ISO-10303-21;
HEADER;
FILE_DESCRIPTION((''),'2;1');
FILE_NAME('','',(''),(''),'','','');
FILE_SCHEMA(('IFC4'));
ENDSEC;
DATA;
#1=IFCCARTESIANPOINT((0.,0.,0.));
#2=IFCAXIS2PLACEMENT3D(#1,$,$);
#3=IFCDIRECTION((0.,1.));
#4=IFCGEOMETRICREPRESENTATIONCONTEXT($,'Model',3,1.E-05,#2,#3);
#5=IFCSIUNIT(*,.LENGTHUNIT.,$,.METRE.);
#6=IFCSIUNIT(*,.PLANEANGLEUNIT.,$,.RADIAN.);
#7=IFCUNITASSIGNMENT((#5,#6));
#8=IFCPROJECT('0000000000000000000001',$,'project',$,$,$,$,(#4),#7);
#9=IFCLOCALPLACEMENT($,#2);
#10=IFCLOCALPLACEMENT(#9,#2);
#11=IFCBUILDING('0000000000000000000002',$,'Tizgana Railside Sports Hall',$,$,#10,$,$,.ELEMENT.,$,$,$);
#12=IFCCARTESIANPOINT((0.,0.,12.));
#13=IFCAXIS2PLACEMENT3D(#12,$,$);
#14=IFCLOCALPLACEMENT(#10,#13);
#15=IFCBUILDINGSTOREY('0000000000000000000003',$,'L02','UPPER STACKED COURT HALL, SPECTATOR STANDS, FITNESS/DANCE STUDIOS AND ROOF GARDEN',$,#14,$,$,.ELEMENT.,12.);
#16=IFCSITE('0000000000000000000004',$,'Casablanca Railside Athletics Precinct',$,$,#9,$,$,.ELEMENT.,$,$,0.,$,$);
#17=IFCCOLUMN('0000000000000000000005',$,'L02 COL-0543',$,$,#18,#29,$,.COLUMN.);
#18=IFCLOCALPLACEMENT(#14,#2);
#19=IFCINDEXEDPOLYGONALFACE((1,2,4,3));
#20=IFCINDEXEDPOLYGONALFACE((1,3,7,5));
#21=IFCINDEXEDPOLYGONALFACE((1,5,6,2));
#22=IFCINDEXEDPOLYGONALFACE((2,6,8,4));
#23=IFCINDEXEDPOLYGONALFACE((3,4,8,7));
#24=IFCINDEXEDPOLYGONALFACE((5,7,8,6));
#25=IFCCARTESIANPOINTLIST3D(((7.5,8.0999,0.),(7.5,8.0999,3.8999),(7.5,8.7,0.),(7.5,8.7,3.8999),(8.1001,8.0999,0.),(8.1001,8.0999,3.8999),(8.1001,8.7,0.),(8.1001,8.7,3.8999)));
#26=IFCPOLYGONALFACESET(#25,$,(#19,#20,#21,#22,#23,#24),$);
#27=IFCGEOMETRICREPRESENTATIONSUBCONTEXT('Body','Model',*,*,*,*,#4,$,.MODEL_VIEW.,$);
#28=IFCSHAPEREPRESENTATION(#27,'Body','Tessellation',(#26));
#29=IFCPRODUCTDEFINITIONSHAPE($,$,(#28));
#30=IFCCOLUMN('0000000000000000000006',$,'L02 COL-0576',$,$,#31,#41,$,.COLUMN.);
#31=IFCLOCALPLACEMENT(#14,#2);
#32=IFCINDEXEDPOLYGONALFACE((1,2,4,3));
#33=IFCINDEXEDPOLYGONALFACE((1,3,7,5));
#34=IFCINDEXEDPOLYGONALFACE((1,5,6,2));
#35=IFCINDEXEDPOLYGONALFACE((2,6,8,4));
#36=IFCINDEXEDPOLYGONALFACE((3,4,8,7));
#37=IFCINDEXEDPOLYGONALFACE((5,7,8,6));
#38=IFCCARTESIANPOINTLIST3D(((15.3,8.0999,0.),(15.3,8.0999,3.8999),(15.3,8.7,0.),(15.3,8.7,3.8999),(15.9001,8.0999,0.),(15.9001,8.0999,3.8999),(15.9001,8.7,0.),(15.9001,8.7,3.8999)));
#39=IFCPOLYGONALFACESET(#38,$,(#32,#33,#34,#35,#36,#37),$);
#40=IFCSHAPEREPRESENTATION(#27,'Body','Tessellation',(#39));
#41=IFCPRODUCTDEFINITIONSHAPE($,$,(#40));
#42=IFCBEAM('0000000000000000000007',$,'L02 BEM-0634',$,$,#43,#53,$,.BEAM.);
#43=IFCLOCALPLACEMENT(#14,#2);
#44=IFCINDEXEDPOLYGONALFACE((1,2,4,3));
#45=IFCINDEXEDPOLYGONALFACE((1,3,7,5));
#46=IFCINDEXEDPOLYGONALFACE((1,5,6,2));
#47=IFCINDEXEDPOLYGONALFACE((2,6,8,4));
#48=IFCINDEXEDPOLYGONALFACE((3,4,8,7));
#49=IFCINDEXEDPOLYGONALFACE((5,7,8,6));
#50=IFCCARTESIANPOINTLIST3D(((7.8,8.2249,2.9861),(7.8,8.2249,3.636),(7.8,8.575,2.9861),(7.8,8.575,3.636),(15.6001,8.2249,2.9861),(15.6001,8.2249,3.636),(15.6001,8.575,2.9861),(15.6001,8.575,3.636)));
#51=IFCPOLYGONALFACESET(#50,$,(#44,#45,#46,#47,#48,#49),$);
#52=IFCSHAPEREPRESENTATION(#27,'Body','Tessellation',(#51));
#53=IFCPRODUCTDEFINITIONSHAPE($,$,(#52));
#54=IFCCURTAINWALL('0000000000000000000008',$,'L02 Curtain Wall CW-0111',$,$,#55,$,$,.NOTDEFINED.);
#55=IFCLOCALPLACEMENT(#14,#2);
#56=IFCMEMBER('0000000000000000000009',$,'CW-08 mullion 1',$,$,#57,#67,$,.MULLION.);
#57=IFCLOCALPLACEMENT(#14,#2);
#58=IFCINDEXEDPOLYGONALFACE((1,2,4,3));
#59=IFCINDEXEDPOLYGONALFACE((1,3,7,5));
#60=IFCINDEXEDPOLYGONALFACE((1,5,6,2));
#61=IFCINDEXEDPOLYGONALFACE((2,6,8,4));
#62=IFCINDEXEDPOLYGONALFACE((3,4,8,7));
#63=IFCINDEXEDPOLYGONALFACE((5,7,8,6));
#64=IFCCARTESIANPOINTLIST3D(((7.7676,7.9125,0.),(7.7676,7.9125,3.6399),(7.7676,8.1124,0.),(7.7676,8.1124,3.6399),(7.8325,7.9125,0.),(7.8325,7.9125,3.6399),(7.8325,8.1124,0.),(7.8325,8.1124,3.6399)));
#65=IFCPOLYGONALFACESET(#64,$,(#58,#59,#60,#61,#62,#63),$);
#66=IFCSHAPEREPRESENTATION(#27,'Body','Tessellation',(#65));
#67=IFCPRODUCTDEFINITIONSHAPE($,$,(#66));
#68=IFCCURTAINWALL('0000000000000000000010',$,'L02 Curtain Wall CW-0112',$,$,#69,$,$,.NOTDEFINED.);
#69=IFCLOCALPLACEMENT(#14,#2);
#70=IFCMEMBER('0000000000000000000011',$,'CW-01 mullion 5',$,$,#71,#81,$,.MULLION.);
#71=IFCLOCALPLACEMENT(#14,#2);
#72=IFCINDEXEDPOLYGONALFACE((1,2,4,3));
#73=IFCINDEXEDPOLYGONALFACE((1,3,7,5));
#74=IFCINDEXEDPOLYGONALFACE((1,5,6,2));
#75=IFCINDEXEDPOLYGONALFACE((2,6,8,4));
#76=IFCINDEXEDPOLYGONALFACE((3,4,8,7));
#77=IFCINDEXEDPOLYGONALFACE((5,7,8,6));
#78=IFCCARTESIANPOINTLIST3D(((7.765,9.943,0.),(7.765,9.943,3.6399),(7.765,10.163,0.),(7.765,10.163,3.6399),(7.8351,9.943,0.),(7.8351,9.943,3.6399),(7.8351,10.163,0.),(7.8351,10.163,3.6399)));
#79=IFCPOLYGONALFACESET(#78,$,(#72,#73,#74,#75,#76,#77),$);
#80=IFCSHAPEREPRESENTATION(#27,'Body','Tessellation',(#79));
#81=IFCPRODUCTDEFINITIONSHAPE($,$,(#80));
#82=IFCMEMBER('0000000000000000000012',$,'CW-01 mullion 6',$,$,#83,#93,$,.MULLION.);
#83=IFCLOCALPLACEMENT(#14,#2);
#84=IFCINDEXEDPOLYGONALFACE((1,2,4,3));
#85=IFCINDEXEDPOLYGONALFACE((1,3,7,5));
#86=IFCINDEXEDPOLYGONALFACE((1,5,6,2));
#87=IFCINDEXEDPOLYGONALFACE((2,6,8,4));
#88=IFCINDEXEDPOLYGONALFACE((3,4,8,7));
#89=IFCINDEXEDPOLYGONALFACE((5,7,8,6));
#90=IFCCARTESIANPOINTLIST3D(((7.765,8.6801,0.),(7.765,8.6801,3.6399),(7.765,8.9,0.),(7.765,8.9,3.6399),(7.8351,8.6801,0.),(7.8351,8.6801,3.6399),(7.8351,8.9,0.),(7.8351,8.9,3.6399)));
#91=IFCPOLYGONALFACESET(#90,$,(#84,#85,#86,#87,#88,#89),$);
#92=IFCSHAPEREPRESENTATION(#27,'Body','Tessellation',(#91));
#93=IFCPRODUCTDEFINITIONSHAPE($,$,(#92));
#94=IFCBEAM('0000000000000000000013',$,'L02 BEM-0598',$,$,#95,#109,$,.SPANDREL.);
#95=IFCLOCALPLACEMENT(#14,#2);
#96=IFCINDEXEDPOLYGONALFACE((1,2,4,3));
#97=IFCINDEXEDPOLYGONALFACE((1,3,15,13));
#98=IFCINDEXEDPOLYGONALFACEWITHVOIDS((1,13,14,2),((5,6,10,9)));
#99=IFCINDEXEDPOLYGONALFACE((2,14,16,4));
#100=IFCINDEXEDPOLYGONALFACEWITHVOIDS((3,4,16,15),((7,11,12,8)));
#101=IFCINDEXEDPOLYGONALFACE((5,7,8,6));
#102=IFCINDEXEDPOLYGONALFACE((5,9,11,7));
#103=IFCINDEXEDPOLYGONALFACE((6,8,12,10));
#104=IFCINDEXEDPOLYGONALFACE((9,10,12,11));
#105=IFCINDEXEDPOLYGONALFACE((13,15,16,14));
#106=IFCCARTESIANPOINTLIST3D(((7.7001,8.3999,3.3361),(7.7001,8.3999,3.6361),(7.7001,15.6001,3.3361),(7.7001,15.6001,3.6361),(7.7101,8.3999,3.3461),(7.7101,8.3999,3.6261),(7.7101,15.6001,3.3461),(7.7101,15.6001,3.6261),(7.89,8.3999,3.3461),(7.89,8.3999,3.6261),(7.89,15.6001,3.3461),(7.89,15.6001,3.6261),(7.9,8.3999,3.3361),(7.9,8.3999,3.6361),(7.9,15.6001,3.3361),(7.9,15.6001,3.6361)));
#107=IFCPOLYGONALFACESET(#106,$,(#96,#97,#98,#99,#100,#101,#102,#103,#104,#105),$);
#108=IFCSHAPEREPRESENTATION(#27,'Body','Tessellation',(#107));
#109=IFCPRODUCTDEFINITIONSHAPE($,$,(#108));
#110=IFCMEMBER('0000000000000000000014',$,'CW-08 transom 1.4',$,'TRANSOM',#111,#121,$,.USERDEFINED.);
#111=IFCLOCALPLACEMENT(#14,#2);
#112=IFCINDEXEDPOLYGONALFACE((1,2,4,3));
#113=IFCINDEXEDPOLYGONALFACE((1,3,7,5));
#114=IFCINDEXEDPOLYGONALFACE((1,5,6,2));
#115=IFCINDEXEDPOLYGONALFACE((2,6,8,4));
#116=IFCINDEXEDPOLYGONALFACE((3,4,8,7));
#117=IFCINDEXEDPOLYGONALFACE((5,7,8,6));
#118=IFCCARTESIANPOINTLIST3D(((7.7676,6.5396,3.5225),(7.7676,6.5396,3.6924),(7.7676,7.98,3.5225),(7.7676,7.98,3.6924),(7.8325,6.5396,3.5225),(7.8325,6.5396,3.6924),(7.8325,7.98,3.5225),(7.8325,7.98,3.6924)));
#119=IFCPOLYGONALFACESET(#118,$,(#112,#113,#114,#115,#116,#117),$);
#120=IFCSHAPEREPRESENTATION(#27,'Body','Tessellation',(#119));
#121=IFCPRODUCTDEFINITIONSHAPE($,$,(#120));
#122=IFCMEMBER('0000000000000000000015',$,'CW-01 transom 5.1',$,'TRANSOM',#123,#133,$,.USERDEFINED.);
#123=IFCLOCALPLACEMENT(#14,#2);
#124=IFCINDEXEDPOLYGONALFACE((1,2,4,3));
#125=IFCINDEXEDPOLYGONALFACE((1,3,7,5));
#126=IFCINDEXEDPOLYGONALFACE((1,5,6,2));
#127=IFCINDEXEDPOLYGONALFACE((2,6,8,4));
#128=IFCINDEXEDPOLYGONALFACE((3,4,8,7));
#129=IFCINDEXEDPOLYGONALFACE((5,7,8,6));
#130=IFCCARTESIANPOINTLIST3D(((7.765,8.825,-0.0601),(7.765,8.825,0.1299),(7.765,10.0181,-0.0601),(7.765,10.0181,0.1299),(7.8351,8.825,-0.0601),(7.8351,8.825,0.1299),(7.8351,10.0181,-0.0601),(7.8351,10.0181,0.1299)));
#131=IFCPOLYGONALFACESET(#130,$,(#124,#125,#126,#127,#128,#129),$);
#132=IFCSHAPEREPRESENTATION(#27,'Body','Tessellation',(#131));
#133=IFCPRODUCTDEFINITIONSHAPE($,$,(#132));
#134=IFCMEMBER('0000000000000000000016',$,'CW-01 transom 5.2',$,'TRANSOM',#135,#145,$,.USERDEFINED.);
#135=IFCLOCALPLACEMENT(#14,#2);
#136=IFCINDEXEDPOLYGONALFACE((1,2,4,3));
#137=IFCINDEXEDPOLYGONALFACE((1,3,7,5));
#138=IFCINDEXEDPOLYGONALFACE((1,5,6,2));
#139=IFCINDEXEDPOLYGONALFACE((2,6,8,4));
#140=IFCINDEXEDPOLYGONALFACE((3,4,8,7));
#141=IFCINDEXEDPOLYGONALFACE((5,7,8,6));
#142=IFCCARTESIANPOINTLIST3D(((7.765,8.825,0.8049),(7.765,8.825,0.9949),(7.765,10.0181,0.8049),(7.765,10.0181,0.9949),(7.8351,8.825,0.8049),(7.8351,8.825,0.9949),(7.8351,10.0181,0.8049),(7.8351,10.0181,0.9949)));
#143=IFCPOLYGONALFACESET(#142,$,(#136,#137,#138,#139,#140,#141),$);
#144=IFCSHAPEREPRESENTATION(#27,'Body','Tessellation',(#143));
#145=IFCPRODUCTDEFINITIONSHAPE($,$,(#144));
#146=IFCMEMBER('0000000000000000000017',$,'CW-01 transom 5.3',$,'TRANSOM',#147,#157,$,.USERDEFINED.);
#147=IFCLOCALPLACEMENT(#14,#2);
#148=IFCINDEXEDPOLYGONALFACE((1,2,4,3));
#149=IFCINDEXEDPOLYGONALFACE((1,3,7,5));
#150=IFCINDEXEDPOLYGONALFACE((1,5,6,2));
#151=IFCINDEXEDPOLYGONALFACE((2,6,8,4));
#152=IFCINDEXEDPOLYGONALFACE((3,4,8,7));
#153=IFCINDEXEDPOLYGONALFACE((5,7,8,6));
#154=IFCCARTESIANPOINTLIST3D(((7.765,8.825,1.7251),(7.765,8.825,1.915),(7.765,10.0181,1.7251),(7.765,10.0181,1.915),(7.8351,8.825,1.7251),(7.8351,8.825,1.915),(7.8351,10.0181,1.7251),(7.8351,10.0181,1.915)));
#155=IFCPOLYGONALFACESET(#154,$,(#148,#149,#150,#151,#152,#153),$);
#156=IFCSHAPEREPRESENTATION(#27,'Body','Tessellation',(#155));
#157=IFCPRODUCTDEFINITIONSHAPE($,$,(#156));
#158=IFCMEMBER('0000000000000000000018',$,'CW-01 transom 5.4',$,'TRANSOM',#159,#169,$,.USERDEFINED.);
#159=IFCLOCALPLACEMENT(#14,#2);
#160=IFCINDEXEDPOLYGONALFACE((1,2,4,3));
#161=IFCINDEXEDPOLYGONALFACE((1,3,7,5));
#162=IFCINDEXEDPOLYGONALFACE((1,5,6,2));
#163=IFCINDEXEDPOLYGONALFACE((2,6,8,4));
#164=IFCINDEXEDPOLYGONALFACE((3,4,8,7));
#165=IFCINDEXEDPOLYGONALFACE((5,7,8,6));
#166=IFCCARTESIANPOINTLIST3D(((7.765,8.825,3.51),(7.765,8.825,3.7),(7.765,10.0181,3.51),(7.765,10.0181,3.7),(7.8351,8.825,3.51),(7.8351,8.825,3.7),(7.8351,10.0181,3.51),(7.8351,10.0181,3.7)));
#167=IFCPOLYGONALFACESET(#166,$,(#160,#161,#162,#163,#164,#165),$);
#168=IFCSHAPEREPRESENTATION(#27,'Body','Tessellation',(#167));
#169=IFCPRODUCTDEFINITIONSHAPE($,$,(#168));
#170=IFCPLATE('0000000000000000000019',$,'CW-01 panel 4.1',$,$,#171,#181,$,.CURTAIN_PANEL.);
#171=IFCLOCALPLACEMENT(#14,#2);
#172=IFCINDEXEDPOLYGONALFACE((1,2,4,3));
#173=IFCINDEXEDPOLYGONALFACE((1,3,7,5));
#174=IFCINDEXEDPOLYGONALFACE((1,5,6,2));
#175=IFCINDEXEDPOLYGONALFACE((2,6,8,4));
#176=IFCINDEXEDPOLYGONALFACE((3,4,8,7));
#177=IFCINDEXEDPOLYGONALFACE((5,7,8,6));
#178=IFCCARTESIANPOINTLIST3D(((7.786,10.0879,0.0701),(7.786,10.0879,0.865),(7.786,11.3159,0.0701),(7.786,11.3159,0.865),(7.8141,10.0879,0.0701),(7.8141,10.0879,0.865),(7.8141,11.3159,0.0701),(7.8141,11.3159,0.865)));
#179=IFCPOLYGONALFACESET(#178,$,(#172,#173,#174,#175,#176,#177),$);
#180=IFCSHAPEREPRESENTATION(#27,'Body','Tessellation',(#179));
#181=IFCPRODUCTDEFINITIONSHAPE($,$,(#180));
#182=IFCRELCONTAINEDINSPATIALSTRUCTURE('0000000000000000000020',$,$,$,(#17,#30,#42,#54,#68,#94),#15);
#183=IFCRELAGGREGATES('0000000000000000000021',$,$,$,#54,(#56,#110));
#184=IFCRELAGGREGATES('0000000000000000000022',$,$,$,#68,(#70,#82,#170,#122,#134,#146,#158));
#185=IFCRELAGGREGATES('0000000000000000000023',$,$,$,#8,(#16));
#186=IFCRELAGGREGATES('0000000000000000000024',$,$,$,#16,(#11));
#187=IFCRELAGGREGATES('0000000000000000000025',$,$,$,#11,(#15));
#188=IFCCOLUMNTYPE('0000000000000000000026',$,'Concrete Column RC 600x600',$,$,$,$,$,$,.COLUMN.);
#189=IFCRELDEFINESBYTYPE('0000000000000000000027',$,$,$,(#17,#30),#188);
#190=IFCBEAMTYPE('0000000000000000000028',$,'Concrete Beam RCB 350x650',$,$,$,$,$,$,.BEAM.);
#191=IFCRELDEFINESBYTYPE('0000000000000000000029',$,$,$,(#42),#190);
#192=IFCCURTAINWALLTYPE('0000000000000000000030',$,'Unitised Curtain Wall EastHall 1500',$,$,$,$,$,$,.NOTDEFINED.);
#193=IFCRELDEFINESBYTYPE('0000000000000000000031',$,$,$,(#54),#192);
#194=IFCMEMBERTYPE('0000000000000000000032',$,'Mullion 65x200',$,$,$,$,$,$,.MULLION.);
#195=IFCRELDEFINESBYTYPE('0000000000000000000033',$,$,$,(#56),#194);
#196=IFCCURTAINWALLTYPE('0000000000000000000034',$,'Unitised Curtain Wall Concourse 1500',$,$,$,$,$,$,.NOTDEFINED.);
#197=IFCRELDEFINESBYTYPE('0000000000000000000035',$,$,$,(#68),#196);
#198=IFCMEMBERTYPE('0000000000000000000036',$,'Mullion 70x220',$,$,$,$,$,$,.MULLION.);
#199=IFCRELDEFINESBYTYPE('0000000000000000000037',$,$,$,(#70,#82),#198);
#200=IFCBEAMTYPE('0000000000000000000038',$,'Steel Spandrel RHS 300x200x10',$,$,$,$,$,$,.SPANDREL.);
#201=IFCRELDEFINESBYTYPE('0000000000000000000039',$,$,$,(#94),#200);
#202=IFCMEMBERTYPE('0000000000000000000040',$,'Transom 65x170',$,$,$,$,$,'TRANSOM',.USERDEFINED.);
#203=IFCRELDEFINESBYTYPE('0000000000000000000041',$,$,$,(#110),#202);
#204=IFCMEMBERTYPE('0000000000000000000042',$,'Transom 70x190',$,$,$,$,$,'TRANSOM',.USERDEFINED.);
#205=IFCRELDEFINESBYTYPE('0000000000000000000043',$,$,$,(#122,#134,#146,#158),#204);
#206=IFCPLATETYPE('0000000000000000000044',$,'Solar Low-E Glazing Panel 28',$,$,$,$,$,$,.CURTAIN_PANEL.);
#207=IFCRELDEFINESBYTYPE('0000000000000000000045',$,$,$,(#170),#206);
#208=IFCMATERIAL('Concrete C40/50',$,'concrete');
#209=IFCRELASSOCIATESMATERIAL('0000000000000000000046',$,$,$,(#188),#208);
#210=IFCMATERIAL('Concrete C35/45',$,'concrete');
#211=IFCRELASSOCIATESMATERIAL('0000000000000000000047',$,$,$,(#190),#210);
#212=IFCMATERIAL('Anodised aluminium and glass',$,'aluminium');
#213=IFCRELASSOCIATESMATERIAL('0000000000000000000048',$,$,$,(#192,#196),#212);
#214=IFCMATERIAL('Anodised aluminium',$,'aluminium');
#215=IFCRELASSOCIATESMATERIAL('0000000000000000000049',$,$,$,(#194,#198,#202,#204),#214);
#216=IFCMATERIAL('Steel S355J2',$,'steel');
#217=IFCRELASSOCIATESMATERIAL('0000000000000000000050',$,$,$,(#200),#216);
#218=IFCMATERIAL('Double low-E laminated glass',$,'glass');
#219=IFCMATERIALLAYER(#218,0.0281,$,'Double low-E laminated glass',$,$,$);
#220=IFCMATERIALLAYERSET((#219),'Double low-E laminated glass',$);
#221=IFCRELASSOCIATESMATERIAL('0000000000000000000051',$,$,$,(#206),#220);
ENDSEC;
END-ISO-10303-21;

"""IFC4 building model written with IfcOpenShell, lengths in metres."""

from ifc_helpers import new_model, si_unit, direction, frame, origin, origin_2d, place, context, subcontext, project, spatial, rectangle, hollow_rectangle, extrude, material, layer, layer_set, material_profile, profile_set, type_object, element, aggregate, save


model = new_model("IFC4")

# Units and contexts
model_context = context("Model", 3, precision=1e-05, world=origin(), true_north=direction((0.0, 1.0)))
body_context = subcontext(model_context, "Body", "Model", "MODEL_VIEW")
ifc_project = project(units=[si_unit("LENGTHUNIT", "METRE"), si_unit("PLANEANGLEUNIT", "RADIAN")], contexts=[model_context])

# Site, building, storey
site_placement = place(None, origin())
site = spatial("IfcSite", under=ifc_project, at=site_placement, Name="Casablanca Railside Athletics Precinct", CompositionType="ELEMENT", RefElevation=0.0)
building_placement = place(site_placement, origin())
building = spatial("IfcBuilding", under=site, at=building_placement, Name="Tizgana Railside Sports Hall", CompositionType="ELEMENT")
storey_placement = place(building_placement, frame((0.0, 0.0, 12.0)))
storey = spatial("IfcBuildingStorey", under=building, at=storey_placement, Name="L02", Description="UPPER STACKED COURT HALL, SPECTATOR STANDS, FITNESS/DANCE STUDIOS AND ROOF GARDEN", CompositionType="ELEMENT", Elevation=12.0)

# Columns
ifc_material_1 = material(Name="Concrete C40/50", Category="concrete")
ifc_material_profile_1 = material_profile(ifc_material_1, rectangle(XDim=0.6001, YDim=0.6001, at=origin_2d()), Name="RC 600x600")
ifc_profile_set_1 = profile_set([ifc_material_profile_1], Name="Concrete C40/50")
column_type = type_object("IfcColumnType", Name="Concrete Column RC 600x600", PredefinedType="COLUMN", material=ifc_profile_set_1)
for number, where, z_axis, x_axis, name in (
    (1, (7.8, 8.3999, 0.0), (0.0, 0.0, 1.0), (1.0, 0.0, 0.0), "L02 COL-0543"),
    (2, (15.6001, 8.3999, 0.0), (0.0, 0.0, 1.0), (1.0, 0.0, 0.0), "L02 COL-0576"),
):
    element("IfcColumn", number, at=place(storey_placement, frame(where, z_axis=z_axis, x_axis=x_axis)), inside=storey, type_object=column_type, Name=name, PredefinedType="COLUMN", context=body_context, shape_type="SweptSolid", body=[
        extrude(rectangle(XDim=0.6001, YDim=0.6001, at=origin_2d()), origin(), (0.0, 0.0, 1.0), 3.8999),
    ])

# Beam
ifc_material_2 = material(Name="Concrete C35/45", Category="concrete")
ifc_material_profile_2 = material_profile(ifc_material_2, rectangle(XDim=0.3501, YDim=0.6499, at=origin_2d()), Name="RCB 350x650")
ifc_profile_set_2 = profile_set([ifc_material_profile_2], Name="Concrete C35/45")
beam_type_1 = type_object("IfcBeamType", Name="Concrete Beam RCB 350x650", PredefinedType="BEAM", material=ifc_profile_set_2)
beam_1_placement = place(storey_placement, frame((7.8, 8.3999, 3.311), z_axis=(1.0, 0.0, 0.0), x_axis=(0.0, 1.0, 0.0)))
element("IfcBeam", 3, at=beam_1_placement, inside=storey, type_object=beam_type_1, Name="L02 BEM-0634", PredefinedType="BEAM", context=body_context, shape_type="SweptSolid", body=[
    extrude(rectangle(XDim=0.3501, YDim=0.6499, at=origin_2d()), origin(), (0.0, 0.0, 1.0), 7.8),
])

# Curtain wall, member
ifc_material_3 = material(Name="Anodised aluminium and glass", Category="aluminium")
curtain_wall_type_1 = type_object("IfcCurtainWallType", Name="Unitised Curtain Wall EastHall 1500", PredefinedType="NOTDEFINED", material=ifc_material_3)
curtain_wall_1_placement = place(storey_placement, origin())
curtain_wall_1 = element("IfcCurtainWall", 4, at=curtain_wall_1_placement, inside=storey, type_object=curtain_wall_type_1, Name="L02 Curtain Wall CW-0111", PredefinedType="NOTDEFINED")
ifc_material_4 = material(Name="Anodised aluminium", Category="aluminium")
ifc_material_profile_3 = material_profile(ifc_material_4, rectangle(XDim=0.0649, YDim=0.2, at=origin_2d()), Name="Mullion 65x200")
ifc_profile_set_3 = profile_set([ifc_material_profile_3], Name="Anodised aluminium")
member_type_1 = type_object("IfcMemberType", Name="Mullion 65x200", PredefinedType="MULLION", material=ifc_profile_set_3)
member_1_placement = place(storey_placement, frame((7.8, 8.0125, 0.0), z_axis=(0.0, 0.0, 1.0), x_axis=(1.0, 0.0, 0.0)))
member_1 = element("IfcMember", 5, at=member_1_placement, type_object=member_type_1, Name="CW-08 mullion 1", PredefinedType="MULLION", context=body_context, shape_type="SweptSolid", body=[
    extrude(rectangle(XDim=0.0649, YDim=0.2, at=origin_2d()), origin(), (0.0, 0.0, 1.0), 3.6399),
])

# Curtain wall, members
curtain_wall_type_2 = type_object("IfcCurtainWallType", Name="Unitised Curtain Wall Concourse 1500", PredefinedType="NOTDEFINED", material=ifc_material_3)
curtain_wall_2_placement = place(storey_placement, origin())
curtain_wall_2 = element("IfcCurtainWall", 6, at=curtain_wall_2_placement, inside=storey, type_object=curtain_wall_type_2, Name="L02 Curtain Wall CW-0112", PredefinedType="NOTDEFINED")
ifc_material_profile_4 = material_profile(ifc_material_4, rectangle(XDim=0.0701, YDim=0.22, at=origin_2d()), Name="Mullion 70x220")
ifc_profile_set_4 = profile_set([ifc_material_profile_4], Name="Anodised aluminium")
member_type_2 = type_object("IfcMemberType", Name="Mullion 70x220", PredefinedType="MULLION", material=ifc_profile_set_4)
member_2_placement = place(storey_placement, frame((7.8, 10.053, 0.0), z_axis=(0.0, 0.0, 1.0), x_axis=(1.0, 0.0, 0.0)))
member_2 = element("IfcMember", 7, at=member_2_placement, type_object=member_type_2, Name="CW-01 mullion 5", PredefinedType="MULLION", context=body_context, shape_type="SweptSolid", body=[
    extrude(rectangle(XDim=0.0701, YDim=0.22, at=origin_2d()), origin(), (0.0, 0.0, 1.0), 3.6399),
])
member_3_placement = place(storey_placement, frame((7.8, 8.79, 0.0), z_axis=(0.0, 0.0, 1.0), x_axis=(1.0, 0.0, 0.0)))
member_3 = element("IfcMember", 8, at=member_3_placement, type_object=member_type_2, Name="CW-01 mullion 6", PredefinedType="MULLION", context=body_context, shape_type="SweptSolid", body=[
    extrude(rectangle(XDim=0.0701, YDim=0.22, at=origin_2d()), origin(), (0.0, 0.0, 1.0), 3.6399),
])

# Beam
ifc_material_5 = material(Name="Steel S355J2", Category="steel")
ifc_material_profile_5 = material_profile(ifc_material_5, hollow_rectangle(XDim=0.2, YDim=0.3, WallThickness=0.01, at=origin_2d()), Name="RHS 300x200x10")
ifc_profile_set_5 = profile_set([ifc_material_profile_5], Name="Steel S355J2")
beam_type_2 = type_object("IfcBeamType", Name="Steel Spandrel RHS 300x200x10", PredefinedType="SPANDREL", material=ifc_profile_set_5)
beam_2_placement = place(storey_placement, frame((7.8, 8.3999, 3.4861), z_axis=(0.0, 1.0, 0.0), x_axis=(-1.0, 0.0, 0.0)))
element("IfcBeam", 9, at=beam_2_placement, inside=storey, type_object=beam_type_2, Name="L02 BEM-0598", PredefinedType="SPANDREL", context=body_context, shape_type="SweptSolid", body=[
    extrude(hollow_rectangle(XDim=0.2, YDim=0.3, WallThickness=0.01, at=origin_2d()), origin(), (0.0, 0.0, 1.0), 7.2002),
])

# Members
ifc_material_profile_6 = material_profile(ifc_material_4, rectangle(XDim=0.0649, YDim=0.1699, at=origin_2d()), Name="Transom 65x170")
ifc_profile_set_6 = profile_set([ifc_material_profile_6], Name="Anodised aluminium")
member_type_3 = type_object("IfcMemberType", Name="Transom 65x170", ElementType="TRANSOM", PredefinedType="USERDEFINED", material=ifc_profile_set_6)
member_4_placement = place(storey_placement, frame((7.8, 7.98, 3.6074), z_axis=(0.0, -1.0, 0.0), x_axis=(1.0, 0.0, 0.0)))
member_4 = element("IfcMember", 10, at=member_4_placement, type_object=member_type_3, Name="CW-08 transom 1.4", ObjectType="TRANSOM", PredefinedType="USERDEFINED", context=body_context, shape_type="SweptSolid", body=[
    extrude(rectangle(XDim=0.0649, YDim=0.1699, at=origin_2d()), origin(), (0.0, 0.0, 1.0), 1.4404),
])
aggregate(curtain_wall_1, [member_1, member_4])
ifc_material_profile_7 = material_profile(ifc_material_4, rectangle(XDim=0.0701, YDim=0.1899, at=origin_2d()), Name="Transom 70x190")
ifc_profile_set_7 = profile_set([ifc_material_profile_7], Name="Anodised aluminium")
member_type_4 = type_object("IfcMemberType", Name="Transom 70x190", ElementType="TRANSOM", PredefinedType="USERDEFINED", material=ifc_profile_set_7)
member_5_placement = place(storey_placement, frame((7.8, 10.0181, 0.0349), z_axis=(0.0, -1.0, 0.0), x_axis=(1.0, 0.0, 0.0)))
member_5 = element("IfcMember", 11, at=member_5_placement, type_object=member_type_4, Name="CW-01 transom 5.1", ObjectType="TRANSOM", PredefinedType="USERDEFINED", context=body_context, shape_type="SweptSolid", body=[
    extrude(rectangle(XDim=0.0701, YDim=0.1899, at=origin_2d()), origin(), (0.0, 0.0, 1.0), 1.1931),
])
member_6_placement = place(storey_placement, frame((7.8, 10.0181, 0.8999), z_axis=(0.0, -1.0, 0.0), x_axis=(1.0, 0.0, 0.0)))
member_6 = element("IfcMember", 12, at=member_6_placement, type_object=member_type_4, Name="CW-01 transom 5.2", ObjectType="TRANSOM", PredefinedType="USERDEFINED", context=body_context, shape_type="SweptSolid", body=[
    extrude(rectangle(XDim=0.0701, YDim=0.1899, at=origin_2d()), origin(), (0.0, 0.0, 1.0), 1.1931),
])
member_7_placement = place(storey_placement, frame((7.8, 10.0181, 1.8201), z_axis=(0.0, -1.0, 0.0), x_axis=(1.0, 0.0, 0.0)))
member_7 = element("IfcMember", 13, at=member_7_placement, type_object=member_type_4, Name="CW-01 transom 5.3", ObjectType="TRANSOM", PredefinedType="USERDEFINED", context=body_context, shape_type="SweptSolid", body=[
    extrude(rectangle(XDim=0.0701, YDim=0.1899, at=origin_2d()), origin(), (0.0, 0.0, 1.0), 1.1931),
])
member_8_placement = place(storey_placement, frame((7.8, 10.0181, 3.605), z_axis=(0.0, -1.0, 0.0), x_axis=(1.0, 0.0, 0.0)))
member_8 = element("IfcMember", 14, at=member_8_placement, type_object=member_type_4, Name="CW-01 transom 5.4", ObjectType="TRANSOM", PredefinedType="USERDEFINED", context=body_context, shape_type="SweptSolid", body=[
    extrude(rectangle(XDim=0.0701, YDim=0.1899, at=origin_2d()), origin(), (0.0, 0.0, 1.0), 1.1931),
])

# Plate
ifc_material_6 = material(Name="Double low-E laminated glass", Category="glass")
ifc_layer_1 = layer(ifc_material_6, 0.0281, Name="Double low-E laminated glass")
ifc_layer_set_1 = layer_set([ifc_layer_1], Name="Double low-E laminated glass")
plate_type = type_object("IfcPlateType", Name="Solar Low-E Glazing Panel 28", PredefinedType="CURTAIN_PANEL", material=ifc_layer_set_1)
plate_1_placement = place(storey_placement, frame((7.8, 10.7019, 0.0701), z_axis=(0.0, 0.0, 1.0), x_axis=(0.0, -1.0, 0.0)))
plate_1 = element("IfcPlate", 15, at=plate_1_placement, type_object=plate_type, Name="CW-01 panel 4.1", PredefinedType="CURTAIN_PANEL", context=body_context, shape_type="SweptSolid", body=[
    extrude(rectangle(XDim=1.228, YDim=0.0281, at=origin_2d()), origin(), (0.0, 0.0, 1.0), 0.7949),
])
aggregate(curtain_wall_2, [member_2, member_3, plate_1, member_5, member_6, member_7, member_8])

save(model, "model.ifc")
